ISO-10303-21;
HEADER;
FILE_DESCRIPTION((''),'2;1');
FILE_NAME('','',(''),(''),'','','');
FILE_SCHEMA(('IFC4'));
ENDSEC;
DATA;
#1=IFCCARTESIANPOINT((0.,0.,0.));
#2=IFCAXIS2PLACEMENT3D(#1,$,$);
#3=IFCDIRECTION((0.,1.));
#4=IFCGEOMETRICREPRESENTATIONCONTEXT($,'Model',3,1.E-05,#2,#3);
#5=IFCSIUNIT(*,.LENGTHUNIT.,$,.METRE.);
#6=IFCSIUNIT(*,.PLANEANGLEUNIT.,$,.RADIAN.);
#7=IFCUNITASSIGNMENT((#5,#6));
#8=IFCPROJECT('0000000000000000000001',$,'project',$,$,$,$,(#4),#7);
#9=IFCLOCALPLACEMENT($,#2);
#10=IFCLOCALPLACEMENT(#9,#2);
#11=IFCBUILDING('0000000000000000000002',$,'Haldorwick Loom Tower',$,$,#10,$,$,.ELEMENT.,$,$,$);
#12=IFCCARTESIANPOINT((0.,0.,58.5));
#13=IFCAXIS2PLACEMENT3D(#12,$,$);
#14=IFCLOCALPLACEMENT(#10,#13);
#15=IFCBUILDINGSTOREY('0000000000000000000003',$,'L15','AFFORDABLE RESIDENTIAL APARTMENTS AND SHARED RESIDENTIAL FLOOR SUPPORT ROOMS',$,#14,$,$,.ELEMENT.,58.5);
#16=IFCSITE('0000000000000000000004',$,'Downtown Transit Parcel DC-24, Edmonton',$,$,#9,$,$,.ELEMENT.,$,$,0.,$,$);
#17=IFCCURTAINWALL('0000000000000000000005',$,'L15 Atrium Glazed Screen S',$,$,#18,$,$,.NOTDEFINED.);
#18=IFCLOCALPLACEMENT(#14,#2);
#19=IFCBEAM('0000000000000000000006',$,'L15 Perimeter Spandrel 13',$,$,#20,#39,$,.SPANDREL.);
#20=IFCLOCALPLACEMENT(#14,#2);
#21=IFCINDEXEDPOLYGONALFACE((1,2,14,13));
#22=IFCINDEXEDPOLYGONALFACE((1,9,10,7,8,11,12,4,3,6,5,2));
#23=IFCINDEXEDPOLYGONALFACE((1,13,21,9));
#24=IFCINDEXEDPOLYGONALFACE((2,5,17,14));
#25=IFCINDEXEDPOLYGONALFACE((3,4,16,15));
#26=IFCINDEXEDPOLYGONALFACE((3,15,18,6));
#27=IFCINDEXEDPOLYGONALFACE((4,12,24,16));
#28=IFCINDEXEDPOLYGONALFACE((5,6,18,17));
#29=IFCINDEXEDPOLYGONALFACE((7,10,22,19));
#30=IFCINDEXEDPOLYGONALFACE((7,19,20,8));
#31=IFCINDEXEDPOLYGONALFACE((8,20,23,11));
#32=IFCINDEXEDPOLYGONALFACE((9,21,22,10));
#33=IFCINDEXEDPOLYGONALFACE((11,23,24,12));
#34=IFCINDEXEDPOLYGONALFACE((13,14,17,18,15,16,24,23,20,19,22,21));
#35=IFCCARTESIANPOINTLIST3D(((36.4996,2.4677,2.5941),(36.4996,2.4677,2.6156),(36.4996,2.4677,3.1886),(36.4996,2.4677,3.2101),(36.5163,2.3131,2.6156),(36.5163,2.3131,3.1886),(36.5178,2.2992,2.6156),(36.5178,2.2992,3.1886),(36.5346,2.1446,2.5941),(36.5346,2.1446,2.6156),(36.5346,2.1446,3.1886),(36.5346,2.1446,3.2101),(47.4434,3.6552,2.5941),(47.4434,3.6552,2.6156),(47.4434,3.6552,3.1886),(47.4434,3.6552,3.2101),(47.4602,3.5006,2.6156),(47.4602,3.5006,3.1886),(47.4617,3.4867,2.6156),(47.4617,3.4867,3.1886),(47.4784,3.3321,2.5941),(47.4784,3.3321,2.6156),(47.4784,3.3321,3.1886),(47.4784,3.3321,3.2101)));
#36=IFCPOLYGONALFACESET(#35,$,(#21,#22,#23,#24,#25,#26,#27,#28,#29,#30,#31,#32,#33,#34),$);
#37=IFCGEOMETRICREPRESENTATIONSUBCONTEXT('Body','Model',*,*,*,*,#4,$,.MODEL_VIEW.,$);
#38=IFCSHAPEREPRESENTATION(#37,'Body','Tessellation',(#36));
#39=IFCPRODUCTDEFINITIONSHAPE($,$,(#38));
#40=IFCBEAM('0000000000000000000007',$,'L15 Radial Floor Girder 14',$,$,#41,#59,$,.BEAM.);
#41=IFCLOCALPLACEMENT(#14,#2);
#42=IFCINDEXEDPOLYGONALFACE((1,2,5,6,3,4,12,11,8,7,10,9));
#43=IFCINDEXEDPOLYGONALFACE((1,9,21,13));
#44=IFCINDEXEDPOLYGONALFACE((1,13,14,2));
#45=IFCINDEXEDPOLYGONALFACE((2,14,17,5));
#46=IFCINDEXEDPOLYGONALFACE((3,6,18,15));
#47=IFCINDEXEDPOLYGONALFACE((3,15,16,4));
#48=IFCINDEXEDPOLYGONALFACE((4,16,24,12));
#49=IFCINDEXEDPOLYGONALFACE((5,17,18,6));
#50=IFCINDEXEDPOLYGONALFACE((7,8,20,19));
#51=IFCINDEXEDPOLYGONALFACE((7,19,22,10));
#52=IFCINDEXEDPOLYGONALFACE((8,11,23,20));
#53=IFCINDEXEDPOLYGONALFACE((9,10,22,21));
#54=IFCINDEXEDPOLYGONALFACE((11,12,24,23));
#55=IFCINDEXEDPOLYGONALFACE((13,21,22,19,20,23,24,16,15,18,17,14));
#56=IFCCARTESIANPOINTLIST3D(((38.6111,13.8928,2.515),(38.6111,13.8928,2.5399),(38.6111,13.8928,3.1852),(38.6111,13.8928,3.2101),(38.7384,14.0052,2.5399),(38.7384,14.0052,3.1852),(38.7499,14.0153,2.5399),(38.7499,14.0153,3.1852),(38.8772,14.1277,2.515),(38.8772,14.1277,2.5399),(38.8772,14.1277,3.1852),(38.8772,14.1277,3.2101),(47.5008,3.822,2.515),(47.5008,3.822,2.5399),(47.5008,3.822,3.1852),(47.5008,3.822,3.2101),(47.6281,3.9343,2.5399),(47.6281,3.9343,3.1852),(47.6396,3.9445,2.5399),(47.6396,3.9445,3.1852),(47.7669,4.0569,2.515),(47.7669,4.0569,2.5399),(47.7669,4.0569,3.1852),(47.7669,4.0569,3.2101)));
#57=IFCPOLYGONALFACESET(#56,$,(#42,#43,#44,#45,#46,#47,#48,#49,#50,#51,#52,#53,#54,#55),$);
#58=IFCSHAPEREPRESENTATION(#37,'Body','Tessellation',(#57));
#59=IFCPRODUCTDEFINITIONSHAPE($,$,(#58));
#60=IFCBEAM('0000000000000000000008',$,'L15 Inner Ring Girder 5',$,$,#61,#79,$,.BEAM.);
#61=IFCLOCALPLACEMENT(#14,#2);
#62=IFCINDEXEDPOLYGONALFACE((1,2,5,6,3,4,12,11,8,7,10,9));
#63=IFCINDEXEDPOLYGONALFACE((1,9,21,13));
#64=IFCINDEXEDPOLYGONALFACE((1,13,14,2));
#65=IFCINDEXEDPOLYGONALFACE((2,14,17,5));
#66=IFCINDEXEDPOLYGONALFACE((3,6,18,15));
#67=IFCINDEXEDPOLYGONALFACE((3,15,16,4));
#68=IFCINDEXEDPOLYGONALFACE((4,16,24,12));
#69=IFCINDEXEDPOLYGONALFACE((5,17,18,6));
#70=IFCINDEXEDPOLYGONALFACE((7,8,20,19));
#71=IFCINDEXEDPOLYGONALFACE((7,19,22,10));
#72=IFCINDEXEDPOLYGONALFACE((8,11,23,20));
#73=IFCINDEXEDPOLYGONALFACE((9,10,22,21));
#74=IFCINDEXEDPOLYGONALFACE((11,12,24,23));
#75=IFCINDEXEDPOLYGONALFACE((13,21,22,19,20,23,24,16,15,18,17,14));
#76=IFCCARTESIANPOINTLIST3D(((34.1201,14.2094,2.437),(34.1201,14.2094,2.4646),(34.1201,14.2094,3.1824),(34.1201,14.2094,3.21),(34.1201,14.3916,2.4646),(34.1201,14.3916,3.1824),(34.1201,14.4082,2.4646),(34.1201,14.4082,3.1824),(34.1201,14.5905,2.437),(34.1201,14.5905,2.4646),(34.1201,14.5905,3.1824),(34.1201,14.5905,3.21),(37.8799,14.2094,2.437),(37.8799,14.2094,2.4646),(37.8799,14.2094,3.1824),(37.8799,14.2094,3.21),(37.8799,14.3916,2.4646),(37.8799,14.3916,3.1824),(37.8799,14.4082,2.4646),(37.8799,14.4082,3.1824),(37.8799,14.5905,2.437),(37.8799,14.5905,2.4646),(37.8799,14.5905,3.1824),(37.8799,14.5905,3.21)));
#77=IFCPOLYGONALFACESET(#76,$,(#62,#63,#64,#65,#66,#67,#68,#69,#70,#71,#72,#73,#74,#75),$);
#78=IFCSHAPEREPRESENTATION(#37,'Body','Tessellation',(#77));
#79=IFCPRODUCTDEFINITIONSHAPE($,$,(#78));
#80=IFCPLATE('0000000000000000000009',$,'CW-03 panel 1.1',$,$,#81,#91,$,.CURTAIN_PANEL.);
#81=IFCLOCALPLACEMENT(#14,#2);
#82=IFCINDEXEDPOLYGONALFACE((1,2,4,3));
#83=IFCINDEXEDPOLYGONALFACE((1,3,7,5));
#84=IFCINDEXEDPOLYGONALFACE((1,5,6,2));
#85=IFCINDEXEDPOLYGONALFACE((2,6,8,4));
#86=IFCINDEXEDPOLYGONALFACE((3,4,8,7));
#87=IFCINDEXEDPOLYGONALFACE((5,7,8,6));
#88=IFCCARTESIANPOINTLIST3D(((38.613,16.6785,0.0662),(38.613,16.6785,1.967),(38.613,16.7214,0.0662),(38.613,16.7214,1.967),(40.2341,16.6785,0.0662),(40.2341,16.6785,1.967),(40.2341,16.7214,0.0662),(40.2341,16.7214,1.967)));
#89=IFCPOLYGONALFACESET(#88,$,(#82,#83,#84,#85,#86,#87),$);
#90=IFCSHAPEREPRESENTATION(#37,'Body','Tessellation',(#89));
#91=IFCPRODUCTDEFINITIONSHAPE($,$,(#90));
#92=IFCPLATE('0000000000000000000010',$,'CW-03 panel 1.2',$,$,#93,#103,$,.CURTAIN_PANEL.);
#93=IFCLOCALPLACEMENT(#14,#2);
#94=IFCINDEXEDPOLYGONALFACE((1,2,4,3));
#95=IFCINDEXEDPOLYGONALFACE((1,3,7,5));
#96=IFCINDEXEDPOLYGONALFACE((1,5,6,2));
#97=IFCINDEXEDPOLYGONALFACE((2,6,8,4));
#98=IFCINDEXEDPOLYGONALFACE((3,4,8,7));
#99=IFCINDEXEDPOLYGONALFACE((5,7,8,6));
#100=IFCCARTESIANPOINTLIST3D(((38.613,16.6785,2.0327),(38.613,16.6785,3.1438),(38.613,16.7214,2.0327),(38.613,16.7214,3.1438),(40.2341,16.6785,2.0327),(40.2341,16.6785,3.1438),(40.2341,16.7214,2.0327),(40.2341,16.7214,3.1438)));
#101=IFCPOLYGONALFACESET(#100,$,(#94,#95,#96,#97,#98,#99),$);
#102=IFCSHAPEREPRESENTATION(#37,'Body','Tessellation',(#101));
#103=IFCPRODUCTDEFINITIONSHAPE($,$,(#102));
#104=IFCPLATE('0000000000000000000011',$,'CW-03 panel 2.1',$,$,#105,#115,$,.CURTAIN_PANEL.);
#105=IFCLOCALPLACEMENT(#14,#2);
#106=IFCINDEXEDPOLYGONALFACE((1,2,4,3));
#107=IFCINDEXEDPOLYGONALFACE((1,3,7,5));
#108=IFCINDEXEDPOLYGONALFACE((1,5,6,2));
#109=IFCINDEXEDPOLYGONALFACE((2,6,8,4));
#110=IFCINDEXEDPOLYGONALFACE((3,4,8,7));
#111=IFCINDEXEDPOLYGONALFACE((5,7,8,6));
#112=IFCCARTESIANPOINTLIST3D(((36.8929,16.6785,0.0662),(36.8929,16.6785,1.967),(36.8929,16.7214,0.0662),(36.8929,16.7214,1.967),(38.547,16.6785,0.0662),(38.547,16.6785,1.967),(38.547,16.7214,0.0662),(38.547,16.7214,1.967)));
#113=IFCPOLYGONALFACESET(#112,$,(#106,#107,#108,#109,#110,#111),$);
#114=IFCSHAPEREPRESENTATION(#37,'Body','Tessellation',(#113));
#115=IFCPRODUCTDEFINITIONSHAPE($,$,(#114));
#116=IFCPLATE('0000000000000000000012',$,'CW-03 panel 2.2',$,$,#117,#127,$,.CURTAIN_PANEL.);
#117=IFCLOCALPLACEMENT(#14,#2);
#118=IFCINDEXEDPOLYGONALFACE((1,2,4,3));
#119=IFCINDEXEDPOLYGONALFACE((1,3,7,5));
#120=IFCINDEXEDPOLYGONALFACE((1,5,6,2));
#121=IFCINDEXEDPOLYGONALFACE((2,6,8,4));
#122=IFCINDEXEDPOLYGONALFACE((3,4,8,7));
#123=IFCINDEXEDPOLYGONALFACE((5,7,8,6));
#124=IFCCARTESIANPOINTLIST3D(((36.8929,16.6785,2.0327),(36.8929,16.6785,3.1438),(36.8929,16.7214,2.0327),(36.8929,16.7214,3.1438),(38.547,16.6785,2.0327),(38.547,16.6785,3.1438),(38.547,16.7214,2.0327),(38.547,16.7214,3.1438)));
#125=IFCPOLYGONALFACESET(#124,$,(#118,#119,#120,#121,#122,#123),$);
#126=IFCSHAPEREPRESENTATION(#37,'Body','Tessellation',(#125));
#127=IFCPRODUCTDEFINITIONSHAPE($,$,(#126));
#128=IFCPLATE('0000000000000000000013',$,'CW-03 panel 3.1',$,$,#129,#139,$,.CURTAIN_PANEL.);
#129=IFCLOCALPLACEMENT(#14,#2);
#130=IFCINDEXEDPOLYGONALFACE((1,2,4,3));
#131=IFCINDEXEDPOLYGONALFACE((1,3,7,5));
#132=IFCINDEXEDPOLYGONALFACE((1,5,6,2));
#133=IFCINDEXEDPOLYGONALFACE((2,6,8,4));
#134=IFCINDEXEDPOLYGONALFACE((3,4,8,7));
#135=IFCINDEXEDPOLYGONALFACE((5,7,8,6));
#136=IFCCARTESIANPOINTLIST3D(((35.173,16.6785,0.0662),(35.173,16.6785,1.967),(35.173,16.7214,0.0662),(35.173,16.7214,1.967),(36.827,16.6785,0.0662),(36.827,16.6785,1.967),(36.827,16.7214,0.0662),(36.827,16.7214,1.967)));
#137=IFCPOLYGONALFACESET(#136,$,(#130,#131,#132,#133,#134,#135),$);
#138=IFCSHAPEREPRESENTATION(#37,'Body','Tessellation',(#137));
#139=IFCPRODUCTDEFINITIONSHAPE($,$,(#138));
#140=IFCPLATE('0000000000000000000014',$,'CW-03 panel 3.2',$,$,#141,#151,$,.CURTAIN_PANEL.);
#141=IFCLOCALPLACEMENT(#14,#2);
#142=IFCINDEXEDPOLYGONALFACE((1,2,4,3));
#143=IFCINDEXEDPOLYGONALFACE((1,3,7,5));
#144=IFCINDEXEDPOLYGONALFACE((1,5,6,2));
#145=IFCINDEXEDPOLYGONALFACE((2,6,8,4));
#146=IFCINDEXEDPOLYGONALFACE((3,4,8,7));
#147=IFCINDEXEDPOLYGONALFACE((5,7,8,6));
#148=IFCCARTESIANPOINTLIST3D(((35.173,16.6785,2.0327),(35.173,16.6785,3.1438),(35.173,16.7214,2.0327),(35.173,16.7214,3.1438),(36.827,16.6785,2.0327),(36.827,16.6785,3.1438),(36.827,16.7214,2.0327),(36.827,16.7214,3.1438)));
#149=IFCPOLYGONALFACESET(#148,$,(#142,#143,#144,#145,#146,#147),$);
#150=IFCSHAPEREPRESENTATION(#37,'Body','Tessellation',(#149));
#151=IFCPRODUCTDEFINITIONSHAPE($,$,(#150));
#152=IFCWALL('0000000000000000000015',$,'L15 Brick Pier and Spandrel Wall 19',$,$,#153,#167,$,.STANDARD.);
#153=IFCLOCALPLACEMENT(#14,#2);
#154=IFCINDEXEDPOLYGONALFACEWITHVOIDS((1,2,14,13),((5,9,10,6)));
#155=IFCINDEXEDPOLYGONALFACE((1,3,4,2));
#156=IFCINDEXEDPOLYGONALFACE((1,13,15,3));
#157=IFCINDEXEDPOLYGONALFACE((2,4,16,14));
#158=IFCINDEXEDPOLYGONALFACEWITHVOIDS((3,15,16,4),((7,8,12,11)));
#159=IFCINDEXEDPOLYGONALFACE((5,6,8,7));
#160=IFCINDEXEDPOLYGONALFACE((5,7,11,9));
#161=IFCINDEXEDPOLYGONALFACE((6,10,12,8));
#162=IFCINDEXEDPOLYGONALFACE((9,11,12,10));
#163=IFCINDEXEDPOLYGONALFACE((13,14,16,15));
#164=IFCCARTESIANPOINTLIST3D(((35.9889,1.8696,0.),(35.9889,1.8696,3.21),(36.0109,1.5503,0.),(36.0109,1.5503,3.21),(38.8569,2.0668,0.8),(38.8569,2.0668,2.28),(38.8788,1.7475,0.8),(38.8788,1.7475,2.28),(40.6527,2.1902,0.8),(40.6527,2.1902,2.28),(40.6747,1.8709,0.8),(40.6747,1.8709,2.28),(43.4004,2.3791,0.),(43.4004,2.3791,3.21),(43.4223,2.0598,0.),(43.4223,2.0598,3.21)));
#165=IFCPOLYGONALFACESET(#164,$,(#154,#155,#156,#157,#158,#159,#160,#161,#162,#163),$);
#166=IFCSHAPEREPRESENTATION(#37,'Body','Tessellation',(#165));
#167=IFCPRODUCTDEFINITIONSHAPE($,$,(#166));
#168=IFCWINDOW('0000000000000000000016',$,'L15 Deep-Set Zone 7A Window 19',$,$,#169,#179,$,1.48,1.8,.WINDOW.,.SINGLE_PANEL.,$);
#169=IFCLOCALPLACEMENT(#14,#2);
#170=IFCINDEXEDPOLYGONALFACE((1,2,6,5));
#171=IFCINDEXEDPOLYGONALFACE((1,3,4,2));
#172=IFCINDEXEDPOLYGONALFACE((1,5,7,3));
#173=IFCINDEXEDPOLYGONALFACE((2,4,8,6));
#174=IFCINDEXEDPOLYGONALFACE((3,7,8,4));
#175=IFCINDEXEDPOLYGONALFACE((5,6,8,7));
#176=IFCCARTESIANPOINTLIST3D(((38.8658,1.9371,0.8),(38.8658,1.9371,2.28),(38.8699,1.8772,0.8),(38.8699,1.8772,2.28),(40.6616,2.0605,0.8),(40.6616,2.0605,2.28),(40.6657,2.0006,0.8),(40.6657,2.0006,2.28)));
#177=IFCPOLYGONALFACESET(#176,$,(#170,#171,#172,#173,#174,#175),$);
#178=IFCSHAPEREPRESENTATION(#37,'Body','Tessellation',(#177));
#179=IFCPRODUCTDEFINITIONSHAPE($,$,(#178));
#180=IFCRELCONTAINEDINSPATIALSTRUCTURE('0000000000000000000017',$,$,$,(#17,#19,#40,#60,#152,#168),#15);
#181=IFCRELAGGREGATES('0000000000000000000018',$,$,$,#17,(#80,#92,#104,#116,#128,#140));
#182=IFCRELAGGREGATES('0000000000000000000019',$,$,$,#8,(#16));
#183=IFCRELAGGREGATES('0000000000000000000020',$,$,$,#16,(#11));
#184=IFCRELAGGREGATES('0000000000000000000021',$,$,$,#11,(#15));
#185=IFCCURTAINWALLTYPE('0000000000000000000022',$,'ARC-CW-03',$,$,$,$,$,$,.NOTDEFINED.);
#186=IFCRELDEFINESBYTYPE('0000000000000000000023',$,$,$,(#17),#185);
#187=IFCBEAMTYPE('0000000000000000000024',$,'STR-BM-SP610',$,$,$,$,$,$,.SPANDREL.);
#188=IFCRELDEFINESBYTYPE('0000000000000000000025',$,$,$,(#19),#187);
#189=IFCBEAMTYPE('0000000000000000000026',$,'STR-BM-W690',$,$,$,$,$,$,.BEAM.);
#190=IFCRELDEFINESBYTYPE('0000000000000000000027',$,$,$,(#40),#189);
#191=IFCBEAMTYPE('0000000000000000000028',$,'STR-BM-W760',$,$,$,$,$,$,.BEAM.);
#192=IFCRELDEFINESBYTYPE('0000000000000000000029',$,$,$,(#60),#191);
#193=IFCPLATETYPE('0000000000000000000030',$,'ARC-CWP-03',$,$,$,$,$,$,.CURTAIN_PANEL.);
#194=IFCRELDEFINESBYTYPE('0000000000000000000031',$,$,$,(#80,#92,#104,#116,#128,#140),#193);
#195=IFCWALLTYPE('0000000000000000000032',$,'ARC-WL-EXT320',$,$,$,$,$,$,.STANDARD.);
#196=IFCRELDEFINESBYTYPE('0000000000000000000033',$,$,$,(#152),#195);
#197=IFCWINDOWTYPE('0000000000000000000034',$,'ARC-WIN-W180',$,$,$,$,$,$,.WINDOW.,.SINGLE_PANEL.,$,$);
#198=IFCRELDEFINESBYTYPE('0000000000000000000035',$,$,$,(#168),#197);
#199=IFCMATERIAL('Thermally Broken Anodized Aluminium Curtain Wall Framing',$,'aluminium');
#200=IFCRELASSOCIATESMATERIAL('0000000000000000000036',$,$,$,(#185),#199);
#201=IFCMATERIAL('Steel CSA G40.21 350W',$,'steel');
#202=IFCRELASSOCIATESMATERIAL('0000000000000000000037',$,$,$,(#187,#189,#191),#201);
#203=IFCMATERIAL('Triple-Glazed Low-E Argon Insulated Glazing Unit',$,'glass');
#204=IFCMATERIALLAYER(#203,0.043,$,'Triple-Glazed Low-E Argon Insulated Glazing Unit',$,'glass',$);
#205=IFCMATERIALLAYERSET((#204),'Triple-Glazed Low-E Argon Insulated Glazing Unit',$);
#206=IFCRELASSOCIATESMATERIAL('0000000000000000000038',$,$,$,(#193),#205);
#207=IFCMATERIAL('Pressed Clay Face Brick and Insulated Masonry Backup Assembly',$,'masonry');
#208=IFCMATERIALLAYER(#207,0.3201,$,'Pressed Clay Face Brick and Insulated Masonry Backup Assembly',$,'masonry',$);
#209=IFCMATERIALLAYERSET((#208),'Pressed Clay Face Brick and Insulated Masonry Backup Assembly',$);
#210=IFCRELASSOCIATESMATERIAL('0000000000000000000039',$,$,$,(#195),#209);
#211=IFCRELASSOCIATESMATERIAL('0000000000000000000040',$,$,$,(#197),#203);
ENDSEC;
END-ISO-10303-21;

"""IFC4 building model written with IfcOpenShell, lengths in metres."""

from ifc_helpers import new_model, si_unit, direction, frame, frame_2d, origin, origin_2d, place, context, subcontext, project, spatial, rectangle, i_section, extrude, material, layer, layer_set, material_profile, profile_set, type_object, element, fill, aggregate, save


model = new_model("IFC4")

# Units and contexts
model_context = context("Model", 3, precision=1e-05, world=origin(), true_north=direction((0.0, 1.0)))
body_context = subcontext(model_context, "Body", "Model", "MODEL_VIEW")
ifc_project = project(units=[si_unit("LENGTHUNIT", "METRE"), si_unit("PLANEANGLEUNIT", "RADIAN")], contexts=[model_context])

# Site, building, storey
site_placement = place(None, origin())
site = spatial("IfcSite", under=ifc_project, at=site_placement, Name="Downtown Transit Parcel DC-24, Edmonton", CompositionType="ELEMENT", RefElevation=0.0)
building_placement = place(site_placement, origin())
building = spatial("IfcBuilding", under=site, at=building_placement, Name="Haldorwick Loom Tower", CompositionType="ELEMENT")
storey_placement = place(building_placement, frame((0.0, 0.0, 58.5)))
storey = spatial("IfcBuildingStorey", under=building, at=storey_placement, Name="L15", Description="AFFORDABLE RESIDENTIAL APARTMENTS AND SHARED RESIDENTIAL FLOOR SUPPORT ROOMS", CompositionType="ELEMENT", Elevation=58.5)

# Curtain wall
ifc_material_1 = material(Name="Thermally Broken Anodized Aluminium Curtain Wall Framing", Category="aluminium")
curtain_wall_type = type_object("IfcCurtainWallType", Name="ARC-CW-03", PredefinedType="NOTDEFINED", material=ifc_material_1)
curtain_wall_placement = place(storey_placement, origin())
curtain_wall = element("IfcCurtainWall", 1, at=curtain_wall_placement, inside=storey, type_object=curtain_wall_type, Name="L15 Atrium Glazed Screen S", PredefinedType="NOTDEFINED")

# Beams
ifc_material_2 = material(Name="Steel CSA G40.21 350W", Category="steel")
ifc_material_profile_1 = material_profile(ifc_material_2, i_section(OverallWidth=0.325, OverallDepth=0.616, WebThickness=0.0139, FlangeThickness=0.0215, at=origin_2d()), Name="W610X174", Category="steel")
ifc_profile_set_1 = profile_set([ifc_material_profile_1], Name="Steel CSA G40.21 350W")
beam_type_1 = type_object("IfcBeamType", Name="STR-BM-SP610", PredefinedType="SPANDREL", material=ifc_profile_set_1)
beam_1_placement = place(storey_placement, frame((36.5171, 2.3062, 2.9021), z_axis=(0.994164, 0.107875, 0.0), x_axis=(-0.107875, 0.994164, 0.0)))
element("IfcBeam", 2, at=beam_1_placement, inside=storey, type_object=beam_type_1, Name="L15 Perimeter Spandrel 13", PredefinedType="SPANDREL", context=body_context, shape_type="SweptSolid", body=[
    extrude(i_section(OverallWidth=0.325, OverallDepth=0.616, WebThickness=0.0139, FlangeThickness=0.0215, at=origin_2d()), origin(), (0.0, 0.0, 1.0), 11.0081),
])
ifc_material_profile_2 = material_profile(ifc_material_2, i_section(OverallWidth=0.355, OverallDepth=0.6951, WebThickness=0.0154, FlangeThickness=0.0249, at=origin_2d()), Name="W690X217", Category="steel")
ifc_profile_set_2 = profile_set([ifc_material_profile_2], Name="Steel CSA G40.21 350W")
beam_type_2 = type_object("IfcBeamType", Name="STR-BM-W690", PredefinedType="BEAM", material=ifc_profile_set_2)
beam_2_placement = place(storey_placement, frame((38.7441, 14.0103, 2.8625), z_axis=(0.661774, -0.749703, 0.0), x_axis=(0.749703, 0.661774, 0.0)))
element("IfcBeam", 3, at=beam_2_placement, inside=storey, type_object=beam_type_2, Name="L15 Radial Floor Girder 14", PredefinedType="BEAM", context=body_context, shape_type="SweptSolid", body=[
    extrude(i_section(OverallWidth=0.355, OverallDepth=0.6951, WebThickness=0.0154, FlangeThickness=0.0249, at=origin_2d()), origin(), (0.0, 0.0, 1.0), 13.4331),
])
ifc_material_profile_3 = material_profile(ifc_material_2, i_section(OverallWidth=0.3811, OverallDepth=0.7729, WebThickness=0.0166, FlangeThickness=0.0276, at=origin_2d()), Name="W760X257", Category="steel")
ifc_profile_set_3 = profile_set([ifc_material_profile_3], Name="Steel CSA G40.21 350W")
beam_type_3 = type_object("IfcBeamType", Name="STR-BM-W760", PredefinedType="BEAM", material=ifc_profile_set_3)
beam_3_placement = place(storey_placement, frame((37.8799, 14.3999, 2.8235), z_axis=(-1.0, 0.0, 0.0), x_axis=(0.0, -1.0, 0.0)))
element("IfcBeam", 4, at=beam_3_placement, inside=storey, type_object=beam_type_3, Name="L15 Inner Ring Girder 5", PredefinedType="BEAM", context=body_context, shape_type="SweptSolid", body=[
    extrude(i_section(OverallWidth=0.3811, OverallDepth=0.7729, WebThickness=0.0166, FlangeThickness=0.0276, at=origin_2d()), origin(), (0.0, 0.0, 1.0), 3.7598),
])

# Plates
ifc_material_3 = material(Name="Triple-Glazed Low-E Argon Insulated Glazing Unit", Category="glass")
ifc_layer_1 = layer(ifc_material_3, 0.043, Name="Triple-Glazed Low-E Argon Insulated Glazing Unit", Category="glass")
ifc_layer_set_1 = layer_set([ifc_layer_1], Name="Triple-Glazed Low-E Argon Insulated Glazing Unit")
plate_type = type_object("IfcPlateType", Name="ARC-CWP-03", PredefinedType="CURTAIN_PANEL", material=ifc_layer_set_1)
plate_1_placement = place(storey_placement, frame((39.4236, 16.7, 0.0662), z_axis=(0.0, 0.0, 1.0), x_axis=(-1.0, 0.0, 0.0)))
plate_1 = element("IfcPlate", 5, at=plate_1_placement, type_object=plate_type, Name="CW-03 panel 1.1", PredefinedType="CURTAIN_PANEL", context=body_context, shape_type="SweptSolid", body=[
    extrude(rectangle(XDim=1.6211, YDim=0.043, at=origin_2d()), origin(), (0.0, 0.0, 1.0), 1.9009),
])
plate_2_placement = place(storey_placement, frame((39.4236, 16.7, 2.0327), z_axis=(0.0, 0.0, 1.0), x_axis=(-1.0, 0.0, 0.0)))
plate_2 = element("IfcPlate", 6, at=plate_2_placement, type_object=plate_type, Name="CW-03 panel 1.2", PredefinedType="CURTAIN_PANEL", context=body_context, shape_type="SweptSolid", body=[
    extrude(rectangle(XDim=1.6211, YDim=0.043, at=origin_2d()), origin(), (0.0, 0.0, 1.0), 1.1111),
])
plate_3_placement = place(storey_placement, frame((37.72, 16.7, 0.0662), z_axis=(0.0, 0.0, 1.0), x_axis=(-1.0, 0.0, 0.0)))
plate_3 = element("IfcPlate", 7, at=plate_3_placement, type_object=plate_type, Name="CW-03 panel 2.1", PredefinedType="CURTAIN_PANEL", context=body_context, shape_type="SweptSolid", body=[
    extrude(rectangle(XDim=1.6541, YDim=0.043, at=origin_2d()), origin(), (0.0, 0.0, 1.0), 1.9009),
])
plate_4_placement = place(storey_placement, frame((37.72, 16.7, 2.0327), z_axis=(0.0, 0.0, 1.0), x_axis=(-1.0, 0.0, 0.0)))
plate_4 = element("IfcPlate", 8, at=plate_4_placement, type_object=plate_type, Name="CW-03 panel 2.2", PredefinedType="CURTAIN_PANEL", context=body_context, shape_type="SweptSolid", body=[
    extrude(rectangle(XDim=1.6541, YDim=0.043, at=origin_2d()), origin(), (0.0, 0.0, 1.0), 1.1111),
])
plate_5_placement = place(storey_placement, frame((36.0, 16.7, 0.0662), z_axis=(0.0, 0.0, 1.0), x_axis=(-1.0, 0.0, 0.0)))
plate_5 = element("IfcPlate", 9, at=plate_5_placement, type_object=plate_type, Name="CW-03 panel 3.1", PredefinedType="CURTAIN_PANEL", context=body_context, shape_type="SweptSolid", body=[
    extrude(rectangle(XDim=1.6541, YDim=0.043, at=origin_2d()), origin(), (0.0, 0.0, 1.0), 1.9009),
])
plate_6_placement = place(storey_placement, frame((36.0, 16.7, 2.0327), z_axis=(0.0, 0.0, 1.0), x_axis=(-1.0, 0.0, 0.0)))
plate_6 = element("IfcPlate", 10, at=plate_6_placement, type_object=plate_type, Name="CW-03 panel 3.2", PredefinedType="CURTAIN_PANEL", context=body_context, shape_type="SweptSolid", body=[
    extrude(rectangle(XDim=1.6541, YDim=0.043, at=origin_2d()), origin(), (0.0, 0.0, 1.0), 1.1111),
])
aggregate(curtain_wall, [plate_1, plate_2, plate_3, plate_4, plate_5, plate_6])

# Wall, opening, window
ifc_material_4 = material(Name="Pressed Clay Face Brick and Insulated Masonry Backup Assembly", Category="masonry")
ifc_layer_2 = layer(ifc_material_4, 0.3201, Name="Pressed Clay Face Brick and Insulated Masonry Backup Assembly", Category="masonry")
ifc_layer_set_2 = layer_set([ifc_layer_2], Name="Pressed Clay Face Brick and Insulated Masonry Backup Assembly")
wall_type_1 = type_object("IfcWallType", Name="ARC-WL-EXT320", PredefinedType="STANDARD", material=ifc_layer_set_2)
wall_1_placement = place(storey_placement, frame((36.0, 1.71, 0.0), z_axis=(0.0, 0.0, 1.0), x_axis=(0.997645, 0.068587, 0.0)))
wall_1 = element("IfcWall", 11, at=wall_1_placement, inside=storey, type_object=wall_type_1, Name="L15 Brick Pier and Spandrel Wall 19", PredefinedType="STANDARD", context=body_context, shape_type="SweptSolid", body=[
    extrude(rectangle(XDim=7.429, YDim=0.3201, at=frame_2d((3.7144, 0.0))), origin(), (0.0, 0.0, 1.0), 3.21),
])
opening_placement = place(wall_1_placement, frame((2.8748, 0.0, 0.8)))
opening = element("IfcOpeningElement", 12, at=opening_placement, cuts=wall_1, PredefinedType="OPENING", context=body_context, shape_type="SweptSolid", body=[
    extrude(rectangle(XDim=1.8, YDim=1.48, at=frame_2d((0.8999, 0.74))), frame((0.0, 0.1699, 0.0), z_axis=(0.0, -1.0, 0.0), x_axis=(1.0, 0.0, 0.0)), (0.0, 0.0, 1.0), 0.3401),
])
window_type = type_object("IfcWindowType", Name="ARC-WIN-W180", PartitioningType="SINGLE_PANEL", PredefinedType="WINDOW", material=ifc_material_3)
window_placement = place(opening_placement, origin())
window = element("IfcWindow", 13, at=window_placement, inside=storey, type_object=window_type, Name="L15 Deep-Set Zone 7A Window 19", OverallHeight=1.48, OverallWidth=1.8, PartitioningType="SINGLE_PANEL", PredefinedType="WINDOW", context=body_context, shape_type="SweptSolid", body=[
    extrude(rectangle(XDim=1.8, YDim=1.48, at=frame_2d((0.8999, 0.74))), frame((0.0, 0.03, 0.0), z_axis=(0.0, -1.0, 0.0), x_axis=(1.0, 0.0, 0.0)), (0.0, 0.0, 1.0), 0.0601),
])
fill(opening, window)

save(model, "model.ifc")
